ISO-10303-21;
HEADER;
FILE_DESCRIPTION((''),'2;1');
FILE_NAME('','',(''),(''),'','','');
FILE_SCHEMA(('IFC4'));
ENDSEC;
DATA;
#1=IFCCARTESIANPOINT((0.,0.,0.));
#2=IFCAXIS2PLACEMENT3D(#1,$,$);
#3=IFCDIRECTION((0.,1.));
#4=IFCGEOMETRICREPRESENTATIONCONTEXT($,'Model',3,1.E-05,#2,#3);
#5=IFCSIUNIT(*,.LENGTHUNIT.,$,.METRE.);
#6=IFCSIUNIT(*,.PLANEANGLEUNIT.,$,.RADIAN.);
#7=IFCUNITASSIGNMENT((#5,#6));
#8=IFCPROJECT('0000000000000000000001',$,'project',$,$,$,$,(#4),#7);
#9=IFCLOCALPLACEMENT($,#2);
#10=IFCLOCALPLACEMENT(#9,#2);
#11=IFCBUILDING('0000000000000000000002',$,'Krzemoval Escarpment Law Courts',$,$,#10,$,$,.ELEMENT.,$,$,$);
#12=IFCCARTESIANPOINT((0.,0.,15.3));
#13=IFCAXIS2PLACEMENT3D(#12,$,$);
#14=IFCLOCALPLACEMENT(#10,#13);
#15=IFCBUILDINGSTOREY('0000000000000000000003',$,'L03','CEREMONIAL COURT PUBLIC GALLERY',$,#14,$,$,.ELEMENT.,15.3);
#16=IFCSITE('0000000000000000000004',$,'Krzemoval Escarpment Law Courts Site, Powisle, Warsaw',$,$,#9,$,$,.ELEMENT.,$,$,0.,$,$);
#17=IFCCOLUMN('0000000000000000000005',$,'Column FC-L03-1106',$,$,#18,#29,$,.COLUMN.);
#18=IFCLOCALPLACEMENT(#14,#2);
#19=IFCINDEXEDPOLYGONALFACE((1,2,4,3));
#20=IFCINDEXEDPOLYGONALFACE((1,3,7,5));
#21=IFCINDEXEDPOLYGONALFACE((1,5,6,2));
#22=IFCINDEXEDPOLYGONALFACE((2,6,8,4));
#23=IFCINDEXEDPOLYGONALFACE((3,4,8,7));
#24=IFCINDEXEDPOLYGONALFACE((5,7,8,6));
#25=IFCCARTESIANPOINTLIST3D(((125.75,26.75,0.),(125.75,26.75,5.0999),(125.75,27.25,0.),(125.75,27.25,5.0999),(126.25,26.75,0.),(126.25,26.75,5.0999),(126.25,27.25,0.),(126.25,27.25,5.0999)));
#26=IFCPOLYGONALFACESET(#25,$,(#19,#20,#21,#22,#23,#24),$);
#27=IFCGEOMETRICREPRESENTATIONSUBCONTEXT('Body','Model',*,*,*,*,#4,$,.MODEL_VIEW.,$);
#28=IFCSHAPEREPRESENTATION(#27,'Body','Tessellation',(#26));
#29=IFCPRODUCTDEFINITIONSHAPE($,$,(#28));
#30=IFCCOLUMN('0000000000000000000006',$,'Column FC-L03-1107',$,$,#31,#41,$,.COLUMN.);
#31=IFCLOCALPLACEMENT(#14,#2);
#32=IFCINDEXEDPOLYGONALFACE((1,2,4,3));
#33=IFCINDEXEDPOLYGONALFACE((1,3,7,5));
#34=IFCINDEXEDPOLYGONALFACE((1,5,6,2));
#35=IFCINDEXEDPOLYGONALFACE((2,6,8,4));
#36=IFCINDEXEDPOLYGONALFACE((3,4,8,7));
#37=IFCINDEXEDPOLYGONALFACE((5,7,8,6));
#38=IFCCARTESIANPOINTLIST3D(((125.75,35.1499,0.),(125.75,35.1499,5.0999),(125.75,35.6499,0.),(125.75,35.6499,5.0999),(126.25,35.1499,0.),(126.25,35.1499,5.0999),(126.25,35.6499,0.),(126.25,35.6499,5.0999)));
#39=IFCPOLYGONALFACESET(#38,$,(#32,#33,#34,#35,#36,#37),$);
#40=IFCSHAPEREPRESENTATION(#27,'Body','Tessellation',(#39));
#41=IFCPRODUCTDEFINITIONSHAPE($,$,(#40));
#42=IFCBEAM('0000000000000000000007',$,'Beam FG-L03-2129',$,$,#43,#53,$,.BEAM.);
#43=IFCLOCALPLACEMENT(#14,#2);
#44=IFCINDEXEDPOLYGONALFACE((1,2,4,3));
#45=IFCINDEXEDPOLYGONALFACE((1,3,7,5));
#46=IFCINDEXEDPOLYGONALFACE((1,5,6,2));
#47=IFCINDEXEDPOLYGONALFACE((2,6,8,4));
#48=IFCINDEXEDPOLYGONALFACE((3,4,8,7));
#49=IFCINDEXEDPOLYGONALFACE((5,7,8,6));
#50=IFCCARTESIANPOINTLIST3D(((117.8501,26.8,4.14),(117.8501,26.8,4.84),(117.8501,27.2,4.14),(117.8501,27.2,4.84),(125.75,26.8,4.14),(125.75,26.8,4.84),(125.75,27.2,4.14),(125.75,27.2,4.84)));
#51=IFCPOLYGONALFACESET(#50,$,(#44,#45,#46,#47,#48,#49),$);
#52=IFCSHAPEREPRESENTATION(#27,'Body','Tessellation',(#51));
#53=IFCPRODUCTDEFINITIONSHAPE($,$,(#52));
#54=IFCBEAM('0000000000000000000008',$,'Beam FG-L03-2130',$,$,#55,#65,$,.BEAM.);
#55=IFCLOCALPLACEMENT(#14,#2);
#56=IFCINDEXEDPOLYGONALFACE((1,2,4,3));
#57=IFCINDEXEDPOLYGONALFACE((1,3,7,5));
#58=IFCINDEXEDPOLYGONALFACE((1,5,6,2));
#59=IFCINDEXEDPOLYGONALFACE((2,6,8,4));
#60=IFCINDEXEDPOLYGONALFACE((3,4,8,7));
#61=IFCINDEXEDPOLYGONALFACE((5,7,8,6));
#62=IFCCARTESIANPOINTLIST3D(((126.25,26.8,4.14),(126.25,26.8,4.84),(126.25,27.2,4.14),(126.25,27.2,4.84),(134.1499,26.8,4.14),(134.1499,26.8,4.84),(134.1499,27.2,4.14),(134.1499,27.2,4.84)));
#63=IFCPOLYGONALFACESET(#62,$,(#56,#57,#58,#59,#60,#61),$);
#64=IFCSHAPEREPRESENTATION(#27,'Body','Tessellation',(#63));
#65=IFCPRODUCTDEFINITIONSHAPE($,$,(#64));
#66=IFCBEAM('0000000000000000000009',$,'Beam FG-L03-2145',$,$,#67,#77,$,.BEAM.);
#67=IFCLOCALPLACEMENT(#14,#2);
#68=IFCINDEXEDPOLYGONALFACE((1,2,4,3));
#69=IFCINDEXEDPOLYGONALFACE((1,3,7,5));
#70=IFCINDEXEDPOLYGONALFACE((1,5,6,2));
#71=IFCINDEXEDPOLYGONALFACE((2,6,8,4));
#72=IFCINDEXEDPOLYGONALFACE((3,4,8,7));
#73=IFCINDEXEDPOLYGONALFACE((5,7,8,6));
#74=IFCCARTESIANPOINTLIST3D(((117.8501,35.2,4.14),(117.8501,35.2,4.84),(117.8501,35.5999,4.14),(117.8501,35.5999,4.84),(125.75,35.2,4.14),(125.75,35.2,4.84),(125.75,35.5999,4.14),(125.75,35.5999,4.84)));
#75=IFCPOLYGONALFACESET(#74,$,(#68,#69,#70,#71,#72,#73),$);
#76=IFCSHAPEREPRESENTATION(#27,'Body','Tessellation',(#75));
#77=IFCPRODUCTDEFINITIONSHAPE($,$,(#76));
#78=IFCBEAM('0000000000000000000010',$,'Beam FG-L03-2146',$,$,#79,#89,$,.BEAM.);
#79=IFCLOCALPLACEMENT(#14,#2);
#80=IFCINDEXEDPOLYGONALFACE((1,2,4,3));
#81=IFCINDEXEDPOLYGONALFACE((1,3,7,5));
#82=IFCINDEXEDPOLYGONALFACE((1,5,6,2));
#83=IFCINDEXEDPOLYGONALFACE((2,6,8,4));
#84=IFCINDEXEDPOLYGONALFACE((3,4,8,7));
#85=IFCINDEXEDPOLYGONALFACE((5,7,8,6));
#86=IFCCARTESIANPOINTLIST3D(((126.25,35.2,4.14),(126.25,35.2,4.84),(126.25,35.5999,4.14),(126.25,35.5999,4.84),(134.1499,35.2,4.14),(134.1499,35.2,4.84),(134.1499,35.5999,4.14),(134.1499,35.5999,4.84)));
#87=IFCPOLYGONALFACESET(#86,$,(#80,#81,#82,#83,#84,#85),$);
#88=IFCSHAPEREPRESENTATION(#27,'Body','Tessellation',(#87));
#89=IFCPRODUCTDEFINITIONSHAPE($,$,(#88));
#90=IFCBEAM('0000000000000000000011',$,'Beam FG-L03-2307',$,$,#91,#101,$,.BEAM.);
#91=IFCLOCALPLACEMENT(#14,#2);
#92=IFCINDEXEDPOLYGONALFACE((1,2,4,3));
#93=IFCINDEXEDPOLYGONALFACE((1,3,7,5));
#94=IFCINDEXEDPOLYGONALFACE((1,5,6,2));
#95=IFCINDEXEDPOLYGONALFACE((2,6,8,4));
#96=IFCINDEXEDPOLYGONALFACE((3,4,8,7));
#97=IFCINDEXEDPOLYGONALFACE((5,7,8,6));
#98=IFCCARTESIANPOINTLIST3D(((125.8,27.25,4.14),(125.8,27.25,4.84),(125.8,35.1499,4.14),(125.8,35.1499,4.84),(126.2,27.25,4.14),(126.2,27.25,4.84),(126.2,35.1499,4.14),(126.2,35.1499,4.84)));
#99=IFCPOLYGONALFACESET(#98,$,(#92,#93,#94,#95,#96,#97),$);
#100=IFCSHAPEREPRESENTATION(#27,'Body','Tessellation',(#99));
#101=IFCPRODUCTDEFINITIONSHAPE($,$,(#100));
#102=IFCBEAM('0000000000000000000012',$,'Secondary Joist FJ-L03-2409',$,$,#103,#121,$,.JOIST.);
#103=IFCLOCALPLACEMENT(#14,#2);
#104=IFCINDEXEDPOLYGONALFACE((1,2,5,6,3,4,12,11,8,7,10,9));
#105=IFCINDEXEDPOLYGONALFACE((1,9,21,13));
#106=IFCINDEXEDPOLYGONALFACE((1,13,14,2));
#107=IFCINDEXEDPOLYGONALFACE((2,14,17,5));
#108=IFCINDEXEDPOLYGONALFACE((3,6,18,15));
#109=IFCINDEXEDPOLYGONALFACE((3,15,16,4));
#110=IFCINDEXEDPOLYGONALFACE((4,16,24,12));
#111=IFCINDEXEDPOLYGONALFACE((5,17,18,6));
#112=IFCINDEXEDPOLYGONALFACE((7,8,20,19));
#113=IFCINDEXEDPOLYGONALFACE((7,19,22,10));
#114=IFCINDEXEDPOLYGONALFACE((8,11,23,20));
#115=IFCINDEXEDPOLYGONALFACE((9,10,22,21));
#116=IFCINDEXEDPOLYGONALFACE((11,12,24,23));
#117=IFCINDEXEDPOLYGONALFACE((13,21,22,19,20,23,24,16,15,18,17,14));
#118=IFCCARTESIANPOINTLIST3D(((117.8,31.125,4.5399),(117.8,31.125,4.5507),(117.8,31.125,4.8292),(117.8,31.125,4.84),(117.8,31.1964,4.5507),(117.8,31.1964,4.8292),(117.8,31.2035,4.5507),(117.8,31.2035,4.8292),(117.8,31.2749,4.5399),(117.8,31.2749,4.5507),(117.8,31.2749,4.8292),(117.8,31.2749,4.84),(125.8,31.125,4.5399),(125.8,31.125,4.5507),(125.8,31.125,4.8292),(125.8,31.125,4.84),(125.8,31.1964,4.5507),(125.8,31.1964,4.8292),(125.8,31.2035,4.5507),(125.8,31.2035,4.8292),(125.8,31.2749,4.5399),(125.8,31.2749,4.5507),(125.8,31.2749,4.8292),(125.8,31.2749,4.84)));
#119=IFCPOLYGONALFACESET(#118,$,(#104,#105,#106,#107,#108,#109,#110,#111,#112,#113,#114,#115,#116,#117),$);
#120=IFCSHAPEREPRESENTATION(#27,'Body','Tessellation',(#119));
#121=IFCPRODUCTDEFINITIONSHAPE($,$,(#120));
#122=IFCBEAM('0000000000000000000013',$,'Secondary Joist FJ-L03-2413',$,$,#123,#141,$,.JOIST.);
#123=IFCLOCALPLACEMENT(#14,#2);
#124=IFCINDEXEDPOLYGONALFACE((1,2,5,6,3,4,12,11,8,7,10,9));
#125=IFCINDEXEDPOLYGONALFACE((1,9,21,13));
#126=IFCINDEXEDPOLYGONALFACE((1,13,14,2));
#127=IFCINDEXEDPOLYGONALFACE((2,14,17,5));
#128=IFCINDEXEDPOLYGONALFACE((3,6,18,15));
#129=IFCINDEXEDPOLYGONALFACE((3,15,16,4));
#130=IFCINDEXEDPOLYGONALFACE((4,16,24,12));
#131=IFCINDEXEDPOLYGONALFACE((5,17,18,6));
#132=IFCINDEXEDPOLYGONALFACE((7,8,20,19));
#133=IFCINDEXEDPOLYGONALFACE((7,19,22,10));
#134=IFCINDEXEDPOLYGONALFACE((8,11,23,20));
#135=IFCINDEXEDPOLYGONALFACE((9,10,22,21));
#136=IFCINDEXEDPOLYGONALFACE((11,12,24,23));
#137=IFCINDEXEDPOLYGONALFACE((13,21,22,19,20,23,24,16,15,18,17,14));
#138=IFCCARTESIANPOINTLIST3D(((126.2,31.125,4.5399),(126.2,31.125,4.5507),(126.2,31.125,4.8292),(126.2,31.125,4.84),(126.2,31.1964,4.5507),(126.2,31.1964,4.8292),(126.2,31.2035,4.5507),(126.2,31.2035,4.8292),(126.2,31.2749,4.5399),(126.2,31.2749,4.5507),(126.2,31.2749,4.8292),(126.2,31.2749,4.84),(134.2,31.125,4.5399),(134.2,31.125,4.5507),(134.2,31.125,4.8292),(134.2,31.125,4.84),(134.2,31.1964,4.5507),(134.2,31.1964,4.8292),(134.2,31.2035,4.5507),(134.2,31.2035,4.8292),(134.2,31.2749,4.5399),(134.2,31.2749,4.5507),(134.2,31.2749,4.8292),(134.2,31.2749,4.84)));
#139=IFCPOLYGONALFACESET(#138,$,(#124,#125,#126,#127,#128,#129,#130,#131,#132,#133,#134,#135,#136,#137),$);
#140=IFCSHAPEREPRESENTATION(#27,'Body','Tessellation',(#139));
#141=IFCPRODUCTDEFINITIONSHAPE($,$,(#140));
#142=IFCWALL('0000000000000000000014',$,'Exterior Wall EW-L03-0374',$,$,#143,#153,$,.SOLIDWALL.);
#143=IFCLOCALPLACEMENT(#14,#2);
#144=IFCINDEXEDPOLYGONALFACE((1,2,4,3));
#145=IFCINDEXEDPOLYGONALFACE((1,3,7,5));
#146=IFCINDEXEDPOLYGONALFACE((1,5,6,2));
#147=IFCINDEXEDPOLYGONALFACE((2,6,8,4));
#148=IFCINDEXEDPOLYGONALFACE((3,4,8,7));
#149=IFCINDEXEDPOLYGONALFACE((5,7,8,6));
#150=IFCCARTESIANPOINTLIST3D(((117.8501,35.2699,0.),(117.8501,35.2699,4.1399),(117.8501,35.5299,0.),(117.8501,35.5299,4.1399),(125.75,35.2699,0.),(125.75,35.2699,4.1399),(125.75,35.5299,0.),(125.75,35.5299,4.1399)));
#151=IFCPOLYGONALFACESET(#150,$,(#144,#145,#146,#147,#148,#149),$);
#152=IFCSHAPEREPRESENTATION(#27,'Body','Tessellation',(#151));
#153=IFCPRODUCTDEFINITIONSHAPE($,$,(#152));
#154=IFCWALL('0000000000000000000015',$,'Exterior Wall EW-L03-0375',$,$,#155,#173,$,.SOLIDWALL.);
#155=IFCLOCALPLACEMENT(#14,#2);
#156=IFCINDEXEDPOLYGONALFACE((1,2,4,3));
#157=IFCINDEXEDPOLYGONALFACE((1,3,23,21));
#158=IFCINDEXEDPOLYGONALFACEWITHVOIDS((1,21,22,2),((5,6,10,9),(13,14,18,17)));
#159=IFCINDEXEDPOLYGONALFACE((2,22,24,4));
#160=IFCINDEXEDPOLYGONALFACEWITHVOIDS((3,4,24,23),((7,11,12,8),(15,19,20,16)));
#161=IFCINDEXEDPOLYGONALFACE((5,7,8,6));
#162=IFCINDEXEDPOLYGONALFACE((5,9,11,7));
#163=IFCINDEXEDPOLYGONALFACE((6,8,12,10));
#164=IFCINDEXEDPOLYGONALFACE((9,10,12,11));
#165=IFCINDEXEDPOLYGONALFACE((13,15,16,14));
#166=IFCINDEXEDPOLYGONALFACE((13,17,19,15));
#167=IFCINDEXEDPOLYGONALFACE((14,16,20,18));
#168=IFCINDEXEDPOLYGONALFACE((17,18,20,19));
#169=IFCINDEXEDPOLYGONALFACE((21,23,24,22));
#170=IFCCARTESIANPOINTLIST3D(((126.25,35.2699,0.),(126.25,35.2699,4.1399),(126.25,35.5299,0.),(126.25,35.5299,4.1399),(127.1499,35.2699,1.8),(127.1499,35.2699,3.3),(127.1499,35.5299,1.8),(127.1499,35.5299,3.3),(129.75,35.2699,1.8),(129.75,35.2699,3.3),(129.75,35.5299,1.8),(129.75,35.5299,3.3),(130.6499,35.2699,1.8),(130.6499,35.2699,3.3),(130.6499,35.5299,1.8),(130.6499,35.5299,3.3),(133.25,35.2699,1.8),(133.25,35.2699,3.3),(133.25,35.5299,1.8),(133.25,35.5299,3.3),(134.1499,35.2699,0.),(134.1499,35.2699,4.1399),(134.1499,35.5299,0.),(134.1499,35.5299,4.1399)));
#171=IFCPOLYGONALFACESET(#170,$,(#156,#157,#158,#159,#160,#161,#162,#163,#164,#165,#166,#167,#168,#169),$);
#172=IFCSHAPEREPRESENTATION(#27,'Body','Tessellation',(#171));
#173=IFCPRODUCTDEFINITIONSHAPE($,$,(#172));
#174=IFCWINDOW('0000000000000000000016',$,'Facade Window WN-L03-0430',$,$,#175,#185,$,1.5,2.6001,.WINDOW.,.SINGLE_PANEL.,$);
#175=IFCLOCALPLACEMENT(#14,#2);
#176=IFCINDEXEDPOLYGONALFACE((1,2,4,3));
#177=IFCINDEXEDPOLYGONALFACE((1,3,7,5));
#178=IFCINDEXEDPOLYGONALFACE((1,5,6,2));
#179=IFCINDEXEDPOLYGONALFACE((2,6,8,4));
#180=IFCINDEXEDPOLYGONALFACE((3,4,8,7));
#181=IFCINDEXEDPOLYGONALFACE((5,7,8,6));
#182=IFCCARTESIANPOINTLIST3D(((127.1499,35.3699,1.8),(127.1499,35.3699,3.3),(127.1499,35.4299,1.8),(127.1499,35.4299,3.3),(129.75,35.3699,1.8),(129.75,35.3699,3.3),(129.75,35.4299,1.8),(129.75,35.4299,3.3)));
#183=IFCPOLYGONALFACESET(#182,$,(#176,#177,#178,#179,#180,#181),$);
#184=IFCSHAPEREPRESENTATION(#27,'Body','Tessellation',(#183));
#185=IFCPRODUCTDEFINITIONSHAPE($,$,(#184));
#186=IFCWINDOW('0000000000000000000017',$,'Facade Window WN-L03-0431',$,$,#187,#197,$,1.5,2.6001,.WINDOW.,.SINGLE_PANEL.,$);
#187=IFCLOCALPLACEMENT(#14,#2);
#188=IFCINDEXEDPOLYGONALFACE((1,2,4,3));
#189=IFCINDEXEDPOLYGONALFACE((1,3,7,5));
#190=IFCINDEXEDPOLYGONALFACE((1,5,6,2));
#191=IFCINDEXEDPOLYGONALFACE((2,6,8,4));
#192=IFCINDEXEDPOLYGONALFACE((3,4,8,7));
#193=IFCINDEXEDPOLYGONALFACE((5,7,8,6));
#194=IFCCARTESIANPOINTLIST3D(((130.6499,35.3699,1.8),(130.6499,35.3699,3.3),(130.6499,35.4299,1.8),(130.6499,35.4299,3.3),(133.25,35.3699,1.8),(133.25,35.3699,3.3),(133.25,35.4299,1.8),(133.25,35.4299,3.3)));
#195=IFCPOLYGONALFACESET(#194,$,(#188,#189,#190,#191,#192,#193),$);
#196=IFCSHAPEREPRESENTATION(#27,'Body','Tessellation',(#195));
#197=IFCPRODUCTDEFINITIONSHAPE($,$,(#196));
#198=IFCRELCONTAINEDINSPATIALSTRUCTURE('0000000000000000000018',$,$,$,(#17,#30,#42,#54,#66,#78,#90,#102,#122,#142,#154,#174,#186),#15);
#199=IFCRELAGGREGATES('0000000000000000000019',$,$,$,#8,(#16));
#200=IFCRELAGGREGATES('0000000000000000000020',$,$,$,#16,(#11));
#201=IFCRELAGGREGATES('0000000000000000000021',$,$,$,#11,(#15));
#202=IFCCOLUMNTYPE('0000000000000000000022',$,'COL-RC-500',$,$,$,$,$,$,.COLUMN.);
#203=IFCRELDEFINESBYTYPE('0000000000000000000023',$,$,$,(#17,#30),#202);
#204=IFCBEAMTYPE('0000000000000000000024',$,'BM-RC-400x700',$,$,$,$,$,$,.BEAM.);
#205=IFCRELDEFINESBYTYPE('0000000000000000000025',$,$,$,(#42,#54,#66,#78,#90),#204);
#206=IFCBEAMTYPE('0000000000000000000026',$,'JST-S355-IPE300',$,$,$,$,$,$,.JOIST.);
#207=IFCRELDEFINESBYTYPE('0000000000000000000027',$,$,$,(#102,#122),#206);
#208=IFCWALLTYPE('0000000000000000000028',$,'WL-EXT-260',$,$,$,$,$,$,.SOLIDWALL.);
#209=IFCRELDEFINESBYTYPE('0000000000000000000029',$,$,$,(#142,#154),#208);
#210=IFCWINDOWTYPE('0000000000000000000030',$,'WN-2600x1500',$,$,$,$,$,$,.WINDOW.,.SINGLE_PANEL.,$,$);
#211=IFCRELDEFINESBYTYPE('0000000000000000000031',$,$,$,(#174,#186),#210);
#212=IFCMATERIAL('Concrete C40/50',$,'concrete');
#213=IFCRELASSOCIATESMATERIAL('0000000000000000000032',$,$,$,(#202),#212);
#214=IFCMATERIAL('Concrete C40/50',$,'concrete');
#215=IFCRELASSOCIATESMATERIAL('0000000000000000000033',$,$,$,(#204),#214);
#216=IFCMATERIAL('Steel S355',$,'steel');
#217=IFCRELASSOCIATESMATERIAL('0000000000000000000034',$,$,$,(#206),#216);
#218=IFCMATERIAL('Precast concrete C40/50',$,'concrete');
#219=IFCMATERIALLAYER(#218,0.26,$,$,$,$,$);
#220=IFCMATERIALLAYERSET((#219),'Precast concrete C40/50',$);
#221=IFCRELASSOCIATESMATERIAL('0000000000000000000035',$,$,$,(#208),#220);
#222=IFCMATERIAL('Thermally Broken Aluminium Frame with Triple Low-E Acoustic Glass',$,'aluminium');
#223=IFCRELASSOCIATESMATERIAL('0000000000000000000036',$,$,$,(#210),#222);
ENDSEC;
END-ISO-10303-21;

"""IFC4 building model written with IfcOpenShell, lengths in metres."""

from ifc_helpers import new_model, si_unit, direction, frame, frame_2d, origin, origin_2d, place, context, subcontext, project, spatial, rectangle, i_section, extrude, material, layer, layer_set, material_profile, profile_set, type_object, element, fill, save


model = new_model("IFC4")

# Units and contexts
model_context = context("Model", 3, precision=1e-05, world=origin(), true_north=direction((0.0, 1.0)))
body_context = subcontext(model_context, "Body", "Model", "MODEL_VIEW")
ifc_project = project(units=[si_unit("LENGTHUNIT", "METRE"), si_unit("PLANEANGLEUNIT", "RADIAN")], contexts=[model_context])

# Site, building, storey
site_placement = place(None, origin())
site = spatial("IfcSite", under=ifc_project, at=site_placement, Name="Krzemoval Escarpment Law Courts Site, Powisle, Warsaw", CompositionType="ELEMENT", RefElevation=0.0)
building_placement = place(site_placement, origin())
building = spatial("IfcBuilding", under=site, at=building_placement, Name="Krzemoval Escarpment Law Courts", CompositionType="ELEMENT")
storey_placement = place(building_placement, frame((0.0, 0.0, 15.3)))
storey = spatial("IfcBuildingStorey", under=building, at=storey_placement, Name="L03", Description="CEREMONIAL COURT PUBLIC GALLERY", CompositionType="ELEMENT", Elevation=15.3)

# Columns
ifc_material_1 = material(Name="Concrete C40/50", Category="concrete")
ifc_material_profile_1 = material_profile(ifc_material_1, rectangle(XDim=0.5, YDim=0.5, at=origin_2d()), Name="RC 500x500")
ifc_profile_set_1 = profile_set([ifc_material_profile_1], Name="Concrete C40/50")
column_type = type_object("IfcColumnType", Name="COL-RC-500", PredefinedType="COLUMN", material=ifc_profile_set_1)
for number, where, z_axis, x_axis, name in (
    (1, (126.0, 27.0, 0.0), (0.0, 0.0, 1.0), (1.0, 0.0, 0.0), "Column FC-L03-1106"),
    (2, (126.0, 35.3999, 0.0), (0.0, 0.0, 1.0), (1.0, 0.0, 0.0), "Column FC-L03-1107"),
):
    element("IfcColumn", number, at=place(storey_placement, frame(where, z_axis=z_axis, x_axis=x_axis)), inside=storey, type_object=column_type, Name=name, PredefinedType="COLUMN", context=body_context, shape_type="SweptSolid", body=[
        extrude(rectangle(XDim=0.5, YDim=0.5, at=origin_2d()), origin(), (0.0, 0.0, 1.0), 5.0999),
    ])

# Beams
ifc_material_2 = material(Name="Concrete C40/50", Category="concrete")
ifc_material_profile_2 = material_profile(ifc_material_2, rectangle(XDim=0.3999, YDim=0.7, at=origin_2d()), Name="RCB 400x700")
ifc_profile_set_2 = profile_set([ifc_material_profile_2], Name="Concrete C40/50")
beam_type_1 = type_object("IfcBeamType", Name="BM-RC-400x700", PredefinedType="BEAM", material=ifc_profile_set_2)
for number, where, z_axis, x_axis, name in (
    (3, (117.8501, 27.0, 4.49), (1.0, 0.0, 0.0), (0.0, 1.0, 0.0), "Beam FG-L03-2129"),
    (4, (126.25, 27.0, 4.49), (1.0, 0.0, 0.0), (0.0, 1.0, 0.0), "Beam FG-L03-2130"),
    (5, (117.8501, 35.3999, 4.49), (1.0, 0.0, 0.0), (0.0, 1.0, 0.0), "Beam FG-L03-2145"),
    (6, (126.25, 35.3999, 4.49), (1.0, 0.0, 0.0), (0.0, 1.0, 0.0), "Beam FG-L03-2146"),
    (7, (126.0, 27.25, 4.49), (0.0, 1.0, 0.0), (-1.0, 0.0, 0.0), "Beam FG-L03-2307"),
):
    element("IfcBeam", number, at=place(storey_placement, frame(where, z_axis=z_axis, x_axis=x_axis)), inside=storey, type_object=beam_type_1, Name=name, PredefinedType="BEAM", context=body_context, shape_type="SweptSolid", body=[
        extrude(rectangle(XDim=0.3999, YDim=0.7, at=origin_2d()), origin(), (0.0, 0.0, 1.0), 7.8999),
    ])
ifc_material_3 = material(Name="Steel S355", Category="steel")
ifc_material_profile_3 = material_profile(ifc_material_3, i_section(OverallWidth=0.1499, OverallDepth=0.3, WebThickness=0.0071, FlangeThickness=0.0107, at=origin_2d()), Name="IPE 300")
ifc_profile_set_3 = profile_set([ifc_material_profile_3], Name="Steel S355")
beam_type_2 = type_object("IfcBeamType", Name="JST-S355-IPE300", PredefinedType="JOIST", material=ifc_profile_set_3)
for number, where, z_axis, x_axis, name in (
    (8, (117.8, 31.2, 4.6899), (1.0, 0.0, 0.0), (0.0, 1.0, 0.0), "Secondary Joist FJ-L03-2409"),
    (9, (126.2, 31.2, 4.6899), (1.0, 0.0, 0.0), (0.0, 1.0, 0.0), "Secondary Joist FJ-L03-2413"),
):
    element("IfcBeam", number, at=place(storey_placement, frame(where, z_axis=z_axis, x_axis=x_axis)), inside=storey, type_object=beam_type_2, Name=name, PredefinedType="JOIST", context=body_context, shape_type="SweptSolid", body=[
        extrude(i_section(OverallWidth=0.1499, OverallDepth=0.3, WebThickness=0.0071, FlangeThickness=0.0107, at=origin_2d()), origin(), (0.0, 0.0, 1.0), 8.0),
    ])

# Wall
ifc_material_4 = material(Name="Precast concrete C40/50", Category="concrete")
ifc_layer_1 = layer(ifc_material_4, 0.26)
ifc_layer_set_1 = layer_set([ifc_layer_1], Name="Precast concrete C40/50")
wall_type_1 = type_object("IfcWallType", Name="WL-EXT-260", PredefinedType="SOLIDWALL", material=ifc_layer_set_1)
wall_1_placement = place(storey_placement, frame((117.8501, 35.3999, 0.0), z_axis=(0.0, 0.0, 1.0), x_axis=(1.0, 0.0, 0.0)))
element("IfcWall", 10, at=wall_1_placement, inside=storey, type_object=wall_type_1, Name="Exterior Wall EW-L03-0374", PredefinedType="SOLIDWALL", context=body_context, shape_type="SweptSolid", body=[
    extrude(rectangle(XDim=7.8999, YDim=0.26, at=frame_2d((3.95, 0.0))), origin(), (0.0, 0.0, 1.0), 4.1399),
])

# Wall, openings, windows
wall_2_placement = place(storey_placement, frame((126.25, 35.3999, 0.0), z_axis=(0.0, 0.0, 1.0), x_axis=(1.0, 0.0, 0.0)))
wall_2 = element("IfcWall", 11, at=wall_2_placement, inside=storey, type_object=wall_type_1, Name="Exterior Wall EW-L03-0375", PredefinedType="SOLIDWALL", context=body_context, shape_type="SweptSolid", body=[
    extrude(rectangle(XDim=7.8999, YDim=0.26, at=frame_2d((3.95, 0.0))), origin(), (0.0, 0.0, 1.0), 4.1399),
])
opening_1_placement = place(wall_2_placement, frame((0.8999, 0.0, 1.8)))
opening_1 = element("IfcOpeningElement", 12, at=opening_1_placement, cuts=wall_2, PredefinedType="OPENING", context=body_context, shape_type="SweptSolid", body=[
    extrude(rectangle(XDim=2.6001, YDim=1.5, at=frame_2d((1.3, 0.75))), frame((0.0, 0.145, 0.0), z_axis=(0.0, -1.0, 0.0), x_axis=(1.0, 0.0, 0.0)), (0.0, 0.0, 1.0), 0.29),
])
opening_2_placement = place(wall_2_placement, frame((4.3999, 0.0, 1.8)))
opening_2 = element("IfcOpeningElement", 13, at=opening_2_placement, cuts=wall_2, PredefinedType="OPENING", context=body_context, shape_type="SweptSolid", body=[
    extrude(rectangle(XDim=2.6001, YDim=1.5, at=frame_2d((1.3, 0.75))), frame((0.0, 0.145, 0.0), z_axis=(0.0, -1.0, 0.0), x_axis=(1.0, 0.0, 0.0)), (0.0, 0.0, 1.0), 0.29),
])
ifc_material_5 = material(Name="Thermally Broken Aluminium Frame with Triple Low-E Acoustic Glass", Category="aluminium")
window_type = type_object("IfcWindowType", Name="WN-2600x1500", PartitioningType="SINGLE_PANEL", PredefinedType="WINDOW", material=ifc_material_5)
window_1_placement = place(opening_1_placement, origin())
window_1 = element("IfcWindow", 14, at=window_1_placement, inside=storey, type_object=window_type, Name="Facade Window WN-L03-0430", OverallHeight=1.5, OverallWidth=2.6001, PartitioningType="SINGLE_PANEL", PredefinedType="WINDOW", context=body_context, shape_type="SweptSolid", body=[
    extrude(rectangle(XDim=2.6001, YDim=1.5, at=frame_2d((1.3, 0.75))), frame((0.0, 0.03, 0.0), z_axis=(0.0, -1.0, 0.0), x_axis=(1.0, 0.0, 0.0)), (0.0, 0.0, 1.0), 0.0601),
])
fill(opening_1, window_1)
window_2_placement = place(opening_2_placement, origin())
window_2 = element("IfcWindow", 15, at=window_2_placement, inside=storey, type_object=window_type, Name="Facade Window WN-L03-0431", OverallHeight=1.5, OverallWidth=2.6001, PartitioningType="SINGLE_PANEL", PredefinedType="WINDOW", context=body_context, shape_type="SweptSolid", body=[
    extrude(rectangle(XDim=2.6001, YDim=1.5, at=frame_2d((1.3, 0.75))), frame((0.0, 0.03, 0.0), z_axis=(0.0, -1.0, 0.0), x_axis=(1.0, 0.0, 0.0)), (0.0, 0.0, 1.0), 0.0601),
])
fill(opening_2, window_2)

save(model, "model.ifc")
